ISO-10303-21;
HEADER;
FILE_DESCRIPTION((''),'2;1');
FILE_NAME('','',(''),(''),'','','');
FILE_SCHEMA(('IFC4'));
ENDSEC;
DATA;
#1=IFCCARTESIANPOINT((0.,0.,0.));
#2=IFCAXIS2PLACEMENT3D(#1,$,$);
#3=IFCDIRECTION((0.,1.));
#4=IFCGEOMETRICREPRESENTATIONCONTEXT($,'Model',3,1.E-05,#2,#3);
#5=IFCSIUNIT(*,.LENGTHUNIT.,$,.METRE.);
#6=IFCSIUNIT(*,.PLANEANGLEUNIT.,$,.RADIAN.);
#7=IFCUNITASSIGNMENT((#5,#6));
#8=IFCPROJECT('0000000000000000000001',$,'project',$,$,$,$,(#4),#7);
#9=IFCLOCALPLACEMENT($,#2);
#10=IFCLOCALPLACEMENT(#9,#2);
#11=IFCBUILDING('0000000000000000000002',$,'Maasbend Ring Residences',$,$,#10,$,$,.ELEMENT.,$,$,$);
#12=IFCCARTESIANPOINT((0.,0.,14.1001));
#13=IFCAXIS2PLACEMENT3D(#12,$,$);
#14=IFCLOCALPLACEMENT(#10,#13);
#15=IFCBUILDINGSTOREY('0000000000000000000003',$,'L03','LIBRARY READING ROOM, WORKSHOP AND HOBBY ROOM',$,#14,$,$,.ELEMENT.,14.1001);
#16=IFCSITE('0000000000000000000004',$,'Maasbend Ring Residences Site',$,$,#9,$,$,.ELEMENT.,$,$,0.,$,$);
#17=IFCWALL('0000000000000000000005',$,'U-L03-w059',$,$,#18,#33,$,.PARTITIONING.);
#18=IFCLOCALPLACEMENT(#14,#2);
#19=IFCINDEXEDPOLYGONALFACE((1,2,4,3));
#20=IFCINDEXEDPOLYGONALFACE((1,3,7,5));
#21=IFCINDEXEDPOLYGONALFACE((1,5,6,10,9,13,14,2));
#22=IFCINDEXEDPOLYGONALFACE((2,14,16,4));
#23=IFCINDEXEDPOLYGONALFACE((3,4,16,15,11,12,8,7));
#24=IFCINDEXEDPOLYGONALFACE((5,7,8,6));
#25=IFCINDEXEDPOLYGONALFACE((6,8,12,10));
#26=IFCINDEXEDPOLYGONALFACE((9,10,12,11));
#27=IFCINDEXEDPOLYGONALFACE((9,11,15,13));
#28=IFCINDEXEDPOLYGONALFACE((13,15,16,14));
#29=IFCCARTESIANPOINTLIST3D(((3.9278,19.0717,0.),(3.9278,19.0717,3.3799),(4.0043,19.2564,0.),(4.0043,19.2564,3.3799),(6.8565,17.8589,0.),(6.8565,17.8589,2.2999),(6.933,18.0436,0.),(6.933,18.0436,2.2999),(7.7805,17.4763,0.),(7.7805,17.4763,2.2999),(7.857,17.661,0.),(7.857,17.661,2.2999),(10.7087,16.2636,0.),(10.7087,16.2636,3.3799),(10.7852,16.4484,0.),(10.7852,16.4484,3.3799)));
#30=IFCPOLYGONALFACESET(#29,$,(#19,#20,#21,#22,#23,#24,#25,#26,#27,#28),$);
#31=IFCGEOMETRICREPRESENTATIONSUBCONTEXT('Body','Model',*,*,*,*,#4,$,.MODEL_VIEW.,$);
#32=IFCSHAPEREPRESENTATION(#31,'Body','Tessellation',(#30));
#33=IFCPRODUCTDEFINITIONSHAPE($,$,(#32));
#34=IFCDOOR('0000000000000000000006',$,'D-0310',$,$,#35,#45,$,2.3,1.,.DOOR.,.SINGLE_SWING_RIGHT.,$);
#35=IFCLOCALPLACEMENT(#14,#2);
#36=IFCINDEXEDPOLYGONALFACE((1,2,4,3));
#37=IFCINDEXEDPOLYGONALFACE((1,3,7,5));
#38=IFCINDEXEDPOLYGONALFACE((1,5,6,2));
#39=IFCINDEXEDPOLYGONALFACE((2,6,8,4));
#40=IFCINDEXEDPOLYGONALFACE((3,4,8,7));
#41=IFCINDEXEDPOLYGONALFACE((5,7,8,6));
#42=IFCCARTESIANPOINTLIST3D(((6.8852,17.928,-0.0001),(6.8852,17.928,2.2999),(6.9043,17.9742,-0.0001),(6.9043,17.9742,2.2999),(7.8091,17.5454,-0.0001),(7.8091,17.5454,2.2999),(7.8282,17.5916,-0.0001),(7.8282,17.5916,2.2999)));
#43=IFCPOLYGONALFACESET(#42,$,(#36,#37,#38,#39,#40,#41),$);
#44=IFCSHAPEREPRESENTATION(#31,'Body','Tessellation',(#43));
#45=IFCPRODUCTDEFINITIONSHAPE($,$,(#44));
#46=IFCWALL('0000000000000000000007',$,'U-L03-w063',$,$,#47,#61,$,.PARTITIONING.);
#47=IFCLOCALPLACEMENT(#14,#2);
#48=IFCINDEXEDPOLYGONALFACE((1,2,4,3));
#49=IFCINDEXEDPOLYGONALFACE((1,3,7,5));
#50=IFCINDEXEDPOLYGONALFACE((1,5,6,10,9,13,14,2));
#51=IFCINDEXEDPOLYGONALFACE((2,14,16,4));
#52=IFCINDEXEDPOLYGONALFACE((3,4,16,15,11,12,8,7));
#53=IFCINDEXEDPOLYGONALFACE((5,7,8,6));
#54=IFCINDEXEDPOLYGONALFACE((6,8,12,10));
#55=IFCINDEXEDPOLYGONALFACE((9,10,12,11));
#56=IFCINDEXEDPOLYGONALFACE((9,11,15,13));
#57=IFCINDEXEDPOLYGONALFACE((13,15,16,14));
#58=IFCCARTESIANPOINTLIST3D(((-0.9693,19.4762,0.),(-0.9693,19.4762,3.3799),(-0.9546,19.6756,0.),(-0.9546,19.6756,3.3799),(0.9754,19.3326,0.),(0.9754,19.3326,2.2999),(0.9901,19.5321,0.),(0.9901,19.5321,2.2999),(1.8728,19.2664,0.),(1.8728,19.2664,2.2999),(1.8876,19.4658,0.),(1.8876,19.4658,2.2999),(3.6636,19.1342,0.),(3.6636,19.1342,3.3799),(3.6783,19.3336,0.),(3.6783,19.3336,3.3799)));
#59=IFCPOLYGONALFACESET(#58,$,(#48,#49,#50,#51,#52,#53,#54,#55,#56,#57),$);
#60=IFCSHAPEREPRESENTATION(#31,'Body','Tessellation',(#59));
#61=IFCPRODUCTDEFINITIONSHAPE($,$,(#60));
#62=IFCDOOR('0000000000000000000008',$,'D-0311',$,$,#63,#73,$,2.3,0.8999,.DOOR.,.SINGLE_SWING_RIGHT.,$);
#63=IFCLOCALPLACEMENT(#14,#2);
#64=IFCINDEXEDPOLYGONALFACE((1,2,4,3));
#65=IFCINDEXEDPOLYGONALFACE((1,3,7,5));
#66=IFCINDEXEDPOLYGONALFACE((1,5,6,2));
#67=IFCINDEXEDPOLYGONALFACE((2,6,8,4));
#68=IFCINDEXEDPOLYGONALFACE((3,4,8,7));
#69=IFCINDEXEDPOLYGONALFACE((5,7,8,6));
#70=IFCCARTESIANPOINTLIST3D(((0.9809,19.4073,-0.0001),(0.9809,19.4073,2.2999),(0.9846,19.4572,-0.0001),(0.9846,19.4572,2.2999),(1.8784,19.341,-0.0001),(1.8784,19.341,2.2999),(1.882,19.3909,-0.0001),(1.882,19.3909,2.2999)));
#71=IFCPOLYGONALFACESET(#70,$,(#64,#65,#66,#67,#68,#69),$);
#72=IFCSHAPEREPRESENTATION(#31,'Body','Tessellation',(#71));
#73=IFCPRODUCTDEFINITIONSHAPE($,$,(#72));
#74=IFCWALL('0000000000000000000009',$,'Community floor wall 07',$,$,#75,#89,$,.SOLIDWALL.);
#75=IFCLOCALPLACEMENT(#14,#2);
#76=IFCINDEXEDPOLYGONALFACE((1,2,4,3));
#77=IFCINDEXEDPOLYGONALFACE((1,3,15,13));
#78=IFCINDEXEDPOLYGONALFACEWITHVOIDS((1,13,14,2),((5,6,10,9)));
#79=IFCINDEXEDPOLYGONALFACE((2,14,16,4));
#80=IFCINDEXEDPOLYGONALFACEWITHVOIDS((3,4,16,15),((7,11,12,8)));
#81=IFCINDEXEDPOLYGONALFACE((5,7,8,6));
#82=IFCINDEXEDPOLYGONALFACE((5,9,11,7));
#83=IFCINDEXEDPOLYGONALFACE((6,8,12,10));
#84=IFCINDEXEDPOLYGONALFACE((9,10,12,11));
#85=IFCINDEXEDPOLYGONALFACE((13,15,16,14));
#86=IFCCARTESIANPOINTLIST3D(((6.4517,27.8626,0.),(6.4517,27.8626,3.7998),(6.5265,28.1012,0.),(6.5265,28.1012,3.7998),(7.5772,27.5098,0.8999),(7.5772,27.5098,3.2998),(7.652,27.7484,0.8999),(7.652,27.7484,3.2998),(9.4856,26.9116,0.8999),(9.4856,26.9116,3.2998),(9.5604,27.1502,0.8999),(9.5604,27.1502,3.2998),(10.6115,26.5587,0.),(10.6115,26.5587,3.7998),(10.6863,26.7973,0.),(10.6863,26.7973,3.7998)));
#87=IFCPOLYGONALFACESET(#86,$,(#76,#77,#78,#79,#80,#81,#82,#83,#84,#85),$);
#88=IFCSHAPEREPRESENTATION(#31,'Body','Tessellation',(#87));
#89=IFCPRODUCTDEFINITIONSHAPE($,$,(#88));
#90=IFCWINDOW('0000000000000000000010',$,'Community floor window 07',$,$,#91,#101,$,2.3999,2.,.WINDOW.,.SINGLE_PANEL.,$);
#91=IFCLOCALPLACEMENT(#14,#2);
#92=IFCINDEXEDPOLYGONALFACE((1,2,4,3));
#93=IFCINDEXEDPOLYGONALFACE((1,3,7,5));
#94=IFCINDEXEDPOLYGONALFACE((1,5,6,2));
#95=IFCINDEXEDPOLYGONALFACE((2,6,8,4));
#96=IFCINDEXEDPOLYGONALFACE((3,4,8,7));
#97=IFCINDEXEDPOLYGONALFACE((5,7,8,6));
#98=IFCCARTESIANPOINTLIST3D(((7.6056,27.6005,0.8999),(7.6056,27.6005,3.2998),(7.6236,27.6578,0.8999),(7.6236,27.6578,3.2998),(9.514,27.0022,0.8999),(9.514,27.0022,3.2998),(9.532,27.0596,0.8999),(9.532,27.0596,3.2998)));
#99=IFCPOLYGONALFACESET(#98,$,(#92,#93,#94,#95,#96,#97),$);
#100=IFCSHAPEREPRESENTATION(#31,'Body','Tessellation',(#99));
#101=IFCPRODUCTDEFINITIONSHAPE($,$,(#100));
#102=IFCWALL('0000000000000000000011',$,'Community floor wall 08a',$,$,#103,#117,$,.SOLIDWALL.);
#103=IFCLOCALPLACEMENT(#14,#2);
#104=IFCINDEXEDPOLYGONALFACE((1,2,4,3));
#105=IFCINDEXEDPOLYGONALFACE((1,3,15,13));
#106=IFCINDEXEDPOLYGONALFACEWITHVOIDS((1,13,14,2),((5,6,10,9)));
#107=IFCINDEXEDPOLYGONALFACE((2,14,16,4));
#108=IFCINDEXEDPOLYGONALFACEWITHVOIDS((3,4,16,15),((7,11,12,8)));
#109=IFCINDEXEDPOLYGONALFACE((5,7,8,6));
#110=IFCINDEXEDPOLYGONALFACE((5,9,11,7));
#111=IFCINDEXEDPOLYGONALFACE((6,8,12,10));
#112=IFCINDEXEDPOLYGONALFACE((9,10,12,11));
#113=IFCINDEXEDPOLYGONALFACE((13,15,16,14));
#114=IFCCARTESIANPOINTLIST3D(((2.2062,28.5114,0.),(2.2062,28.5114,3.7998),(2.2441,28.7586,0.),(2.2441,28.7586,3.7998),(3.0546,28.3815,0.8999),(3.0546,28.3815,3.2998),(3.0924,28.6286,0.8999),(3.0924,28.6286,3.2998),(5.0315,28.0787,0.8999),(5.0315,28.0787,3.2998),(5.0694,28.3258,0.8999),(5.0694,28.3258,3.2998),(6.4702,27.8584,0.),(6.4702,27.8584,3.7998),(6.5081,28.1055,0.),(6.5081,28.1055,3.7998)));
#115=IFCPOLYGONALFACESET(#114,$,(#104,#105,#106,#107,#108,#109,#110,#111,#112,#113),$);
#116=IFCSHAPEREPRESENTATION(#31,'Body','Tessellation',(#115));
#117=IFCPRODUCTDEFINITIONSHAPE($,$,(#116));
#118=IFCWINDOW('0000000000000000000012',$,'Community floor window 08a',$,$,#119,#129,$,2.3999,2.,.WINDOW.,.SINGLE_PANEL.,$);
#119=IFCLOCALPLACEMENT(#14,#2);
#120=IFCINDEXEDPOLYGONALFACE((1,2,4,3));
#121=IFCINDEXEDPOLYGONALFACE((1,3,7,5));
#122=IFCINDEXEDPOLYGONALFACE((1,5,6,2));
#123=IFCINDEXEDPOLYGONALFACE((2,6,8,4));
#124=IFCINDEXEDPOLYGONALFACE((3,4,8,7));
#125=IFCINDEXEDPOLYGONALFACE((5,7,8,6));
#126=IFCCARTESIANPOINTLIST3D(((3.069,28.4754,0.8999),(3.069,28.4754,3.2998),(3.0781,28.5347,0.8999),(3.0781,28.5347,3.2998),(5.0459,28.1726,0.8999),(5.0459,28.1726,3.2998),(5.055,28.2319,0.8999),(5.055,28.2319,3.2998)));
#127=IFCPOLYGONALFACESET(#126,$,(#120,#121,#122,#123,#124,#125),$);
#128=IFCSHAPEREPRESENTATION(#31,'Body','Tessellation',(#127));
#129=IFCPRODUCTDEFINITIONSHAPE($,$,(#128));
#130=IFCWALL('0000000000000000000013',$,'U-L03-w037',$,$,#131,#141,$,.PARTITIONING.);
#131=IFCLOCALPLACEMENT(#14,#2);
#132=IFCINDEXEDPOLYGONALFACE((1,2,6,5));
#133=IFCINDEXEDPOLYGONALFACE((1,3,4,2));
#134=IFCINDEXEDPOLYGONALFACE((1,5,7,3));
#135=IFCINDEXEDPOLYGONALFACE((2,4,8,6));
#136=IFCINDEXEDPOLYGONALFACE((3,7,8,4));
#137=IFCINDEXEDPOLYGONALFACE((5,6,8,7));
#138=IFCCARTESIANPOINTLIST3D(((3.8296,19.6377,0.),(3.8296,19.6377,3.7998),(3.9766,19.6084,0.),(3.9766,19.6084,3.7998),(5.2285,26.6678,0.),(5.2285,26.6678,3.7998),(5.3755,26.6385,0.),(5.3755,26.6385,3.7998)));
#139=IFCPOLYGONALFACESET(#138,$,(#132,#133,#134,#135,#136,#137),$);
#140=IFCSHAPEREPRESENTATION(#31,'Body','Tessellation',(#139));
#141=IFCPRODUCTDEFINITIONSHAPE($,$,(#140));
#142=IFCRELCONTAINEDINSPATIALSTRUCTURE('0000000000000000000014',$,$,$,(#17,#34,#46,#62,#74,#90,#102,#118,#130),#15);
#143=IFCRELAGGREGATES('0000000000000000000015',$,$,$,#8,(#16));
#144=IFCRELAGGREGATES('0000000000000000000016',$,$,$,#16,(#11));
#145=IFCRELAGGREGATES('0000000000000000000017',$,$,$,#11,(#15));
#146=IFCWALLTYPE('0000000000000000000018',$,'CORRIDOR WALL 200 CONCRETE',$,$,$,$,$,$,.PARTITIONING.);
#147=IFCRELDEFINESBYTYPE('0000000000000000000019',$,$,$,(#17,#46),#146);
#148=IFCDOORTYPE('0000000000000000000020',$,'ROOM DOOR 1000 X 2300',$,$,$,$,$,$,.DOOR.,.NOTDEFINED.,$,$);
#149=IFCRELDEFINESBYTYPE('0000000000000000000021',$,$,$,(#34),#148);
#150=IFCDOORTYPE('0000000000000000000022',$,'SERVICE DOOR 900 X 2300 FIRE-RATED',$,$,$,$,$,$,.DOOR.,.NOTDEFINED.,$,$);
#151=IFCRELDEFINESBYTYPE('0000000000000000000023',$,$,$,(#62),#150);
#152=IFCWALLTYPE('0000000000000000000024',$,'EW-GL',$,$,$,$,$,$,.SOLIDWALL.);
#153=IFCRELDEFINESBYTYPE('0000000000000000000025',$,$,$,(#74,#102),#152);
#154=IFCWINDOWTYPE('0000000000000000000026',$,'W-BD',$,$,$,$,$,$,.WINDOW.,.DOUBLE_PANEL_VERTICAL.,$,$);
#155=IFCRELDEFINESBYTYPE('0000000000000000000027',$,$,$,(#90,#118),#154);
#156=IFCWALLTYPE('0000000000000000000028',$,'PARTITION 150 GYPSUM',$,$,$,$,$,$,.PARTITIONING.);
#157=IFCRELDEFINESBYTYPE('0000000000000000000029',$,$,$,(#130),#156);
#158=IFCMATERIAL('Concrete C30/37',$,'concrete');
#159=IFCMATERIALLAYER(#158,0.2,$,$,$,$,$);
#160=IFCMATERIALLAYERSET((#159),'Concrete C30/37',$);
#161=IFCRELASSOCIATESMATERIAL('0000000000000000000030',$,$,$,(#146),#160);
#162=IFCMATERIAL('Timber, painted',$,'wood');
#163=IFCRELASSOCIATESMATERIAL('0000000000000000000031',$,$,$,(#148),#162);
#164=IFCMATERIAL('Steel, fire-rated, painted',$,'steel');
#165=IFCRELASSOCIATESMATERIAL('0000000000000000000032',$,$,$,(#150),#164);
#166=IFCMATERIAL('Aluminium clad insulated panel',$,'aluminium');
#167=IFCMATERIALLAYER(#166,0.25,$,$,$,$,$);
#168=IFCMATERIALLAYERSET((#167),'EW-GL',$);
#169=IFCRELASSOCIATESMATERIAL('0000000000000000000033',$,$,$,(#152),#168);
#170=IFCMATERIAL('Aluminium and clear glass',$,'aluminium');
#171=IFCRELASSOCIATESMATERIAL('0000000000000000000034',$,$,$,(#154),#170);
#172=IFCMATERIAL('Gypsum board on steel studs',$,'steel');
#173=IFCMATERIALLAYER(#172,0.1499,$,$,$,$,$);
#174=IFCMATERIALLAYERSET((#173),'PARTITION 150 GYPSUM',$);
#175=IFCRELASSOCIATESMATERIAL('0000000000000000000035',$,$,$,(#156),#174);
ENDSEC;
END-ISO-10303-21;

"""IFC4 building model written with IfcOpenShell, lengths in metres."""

from ifc_helpers import new_model, si_unit, direction, frame, frame_2d, origin, place, context, subcontext, project, spatial, rectangle, extrude, material, layer, layer_set, type_object, element, fill, save


model = new_model("IFC4")

# Units and contexts
model_context = context("Model", 3, precision=1e-05, world=origin(), true_north=direction((0.0, 1.0)))
body_context = subcontext(model_context, "Body", "Model", "MODEL_VIEW")
ifc_project = project(units=[si_unit("LENGTHUNIT", "METRE"), si_unit("PLANEANGLEUNIT", "RADIAN")], contexts=[model_context])

# Site, building, storey
site_placement = place(None, origin())
site = spatial("IfcSite", under=ifc_project, at=site_placement, Name="Maasbend Ring Residences Site", CompositionType="ELEMENT", RefElevation=0.0)
building_placement = place(site_placement, origin())
building = spatial("IfcBuilding", under=site, at=building_placement, Name="Maasbend Ring Residences", CompositionType="ELEMENT")
storey_placement = place(building_placement, frame((0.0, 0.0, 14.1001)))
storey = spatial("IfcBuildingStorey", under=building, at=storey_placement, Name="L03", Description="LIBRARY READING ROOM, WORKSHOP AND HOBBY ROOM", CompositionType="ELEMENT", Elevation=14.1001)

# Shared definitions
ifc_material_1 = material(Name="Concrete C30/37", Category="concrete")
ifc_layer_1 = layer(ifc_material_1, 0.2)
ifc_layer_set_1 = layer_set([ifc_layer_1], Name="Concrete C30/37")
wall_type_1 = type_object("IfcWallType", Name="CORRIDOR WALL 200 CONCRETE", PredefinedType="PARTITIONING", material=ifc_layer_set_1)

# Walls, openings, doors
ifc_material_2 = material(Name="Timber, painted", Category="wood")
door_type_1 = type_object("IfcDoorType", Name="ROOM DOOR 1000 X 2300", OperationType="NOTDEFINED", PredefinedType="DOOR", material=ifc_material_2)
wall_1_placement = place(storey_placement, frame((3.9661, 19.1641, 0.0), z_axis=(0.0, 0.0, 1.0), x_axis=(0.923912, -0.382604, 0.0)))
wall_1 = element("IfcWall", 1, at=wall_1_placement, inside=storey, type_object=wall_type_1, Name="U-L03-w059", PredefinedType="PARTITIONING", context=body_context, shape_type="SweptSolid", body=[
    extrude(rectangle(XDim=7.3394, YDim=0.2, at=frame_2d((3.6697, 0.0))), origin(), (0.0, 0.0, 1.0), 3.3799),
])
opening_1_placement = place(wall_1_placement, frame((3.1699, 0.0, 0.0)))
opening_1 = element("IfcOpeningElement", 2, at=opening_1_placement, cuts=wall_1, PredefinedType="OPENING", context=body_context, shape_type="SweptSolid", body=[
    extrude(rectangle(XDim=1.0, YDim=2.3, at=frame_2d((0.5, 1.1499))), frame((0.0, 0.1099, 0.0), z_axis=(0.0, -1.0, 0.0), x_axis=(1.0, 0.0, 0.0)), (0.0, 0.0, 1.0), 0.22),
])
door_1_placement = place(opening_1_placement, origin())
door_1 = element("IfcDoor", 3, at=door_1_placement, inside=storey, type_object=door_type_1, Name="D-0310", OperationType="SINGLE_SWING_RIGHT", OverallHeight=2.3, OverallWidth=1.0, PredefinedType="DOOR", context=body_context, shape_type="SweptSolid", body=[
    extrude(rectangle(XDim=1.0, YDim=2.3, at=frame_2d((0.5, 1.1499))), frame((0.0, 0.0249, 0.0), z_axis=(0.0, -1.0, 0.0), x_axis=(1.0, 0.0, 0.0)), (0.0, 0.0, 1.0), 0.05),
])
fill(opening_1, door_1)
wall_2_placement = place(storey_placement, frame((-0.9619, 19.5759, 0.0), z_axis=(0.0, 0.0, 1.0), x_axis=(0.997286, -0.07363, 0.0)))
wall_2 = element("IfcWall", 4, at=wall_2_placement, inside=storey, type_object=wall_type_1, Name="U-L03-w063", PredefinedType="PARTITIONING", context=body_context, shape_type="SweptSolid", body=[
    extrude(rectangle(XDim=4.6455, YDim=0.2, at=frame_2d((2.3228, 0.0))), origin(), (0.0, 0.0, 1.0), 3.3799),
])
opening_2_placement = place(wall_2_placement, frame((1.95, 0.0, 0.0)))
opening_2 = element("IfcOpeningElement", 5, at=opening_2_placement, cuts=wall_2, PredefinedType="OPENING", context=body_context, shape_type="SweptSolid", body=[
    extrude(rectangle(XDim=0.8999, YDim=2.3, at=frame_2d((0.45, 1.1499))), frame((0.0, 0.1099, 0.0), z_axis=(0.0, -1.0, 0.0), x_axis=(1.0, 0.0, 0.0)), (0.0, 0.0, 1.0), 0.22),
])
ifc_material_3 = material(Name="Steel, fire-rated, painted", Category="steel")
door_type_2 = type_object("IfcDoorType", Name="SERVICE DOOR 900 X 2300 FIRE-RATED", OperationType="NOTDEFINED", PredefinedType="DOOR", material=ifc_material_3)
door_2_placement = place(opening_2_placement, origin())
door_2 = element("IfcDoor", 6, at=door_2_placement, inside=storey, type_object=door_type_2, Name="D-0311", OperationType="SINGLE_SWING_RIGHT", OverallHeight=2.3, OverallWidth=0.8999, PredefinedType="DOOR", context=body_context, shape_type="SweptSolid", body=[
    extrude(rectangle(XDim=0.8999, YDim=2.3, at=frame_2d((0.45, 1.1499))), frame((0.0, 0.0249, 0.0), z_axis=(0.0, -1.0, 0.0), x_axis=(1.0, 0.0, 0.0)), (0.0, 0.0, 1.0), 0.05),
])
fill(opening_2, door_2)

# Walls, openings, windows
ifc_material_4 = material(Name="Aluminium clad insulated panel", Category="aluminium")
ifc_layer_2 = layer(ifc_material_4, 0.25)
ifc_layer_set_2 = layer_set([ifc_layer_2], Name="EW-GL")
wall_type_2 = type_object("IfcWallType", Name="EW-GL", PredefinedType="SOLIDWALL", material=ifc_layer_set_2)
wall_3_placement = place(storey_placement, frame((10.6489, 26.678, 0.0), z_axis=(0.0, 0.0, 1.0), x_axis=(-0.95422, 0.299107, 0.0)))
wall_3 = element("IfcWall", 7, at=wall_3_placement, inside=storey, type_object=wall_type_2, Name="Community floor wall 07", PredefinedType="SOLIDWALL", context=body_context, shape_type="SweptSolid", body=[
    extrude(rectangle(XDim=4.3594, YDim=0.25, at=frame_2d((2.1797, 0.0))), origin(), (0.0, 0.0, 1.0), 3.7998),
])
opening_3_placement = place(wall_3_placement, frame((1.1799, 0.0, 0.8999)))
opening_3 = element("IfcOpeningElement", 8, at=opening_3_placement, cuts=wall_3, PredefinedType="OPENING", context=body_context, shape_type="SweptSolid", body=[
    extrude(rectangle(XDim=2.0, YDim=2.3999, at=frame_2d((1.0, 1.2))), frame((0.0, 0.135, 0.0), z_axis=(0.0, -1.0, 0.0), x_axis=(1.0, 0.0, 0.0)), (0.0, 0.0, 1.0), 0.27),
])
ifc_material_5 = material(Name="Aluminium and clear glass", Category="aluminium")
window_type = type_object("IfcWindowType", Name="W-BD", PartitioningType="DOUBLE_PANEL_VERTICAL", PredefinedType="WINDOW", material=ifc_material_5)
window_1_placement = place(opening_3_placement, origin())
window_1 = element("IfcWindow", 9, at=window_1_placement, inside=storey, type_object=window_type, Name="Community floor window 07", OverallHeight=2.3999, OverallWidth=2.0, PartitioningType="SINGLE_PANEL", PredefinedType="WINDOW", context=body_context, shape_type="SweptSolid", body=[
    extrude(rectangle(XDim=2.0, YDim=2.3999, at=frame_2d((1.0, 1.2))), frame((0.0, 0.03, 0.0), z_axis=(0.0, -1.0, 0.0), x_axis=(1.0, 0.0, 0.0)), (0.0, 0.0, 1.0), 0.0601),
])
fill(opening_3, window_1)
wall_4_placement = place(storey_placement, frame((6.489, 27.9819, 0.0), z_axis=(0.0, 0.0, 1.0), x_axis=(-0.988473, 0.151398, 0.0)))
wall_4 = element("IfcWall", 10, at=wall_4_placement, inside=storey, type_object=wall_type_2, Name="Community floor wall 08a", PredefinedType="SOLIDWALL", context=body_context, shape_type="SweptSolid", body=[
    extrude(rectangle(XDim=4.3137, YDim=0.25, at=frame_2d((2.1567, 0.0))), origin(), (0.0, 0.0, 1.0), 3.7998),
])
opening_4_placement = place(wall_4_placement, frame((1.4553, 0.0, 0.8999)))
opening_4 = element("IfcOpeningElement", 11, at=opening_4_placement, cuts=wall_4, PredefinedType="OPENING", context=body_context, shape_type="SweptSolid", body=[
    extrude(rectangle(XDim=2.0, YDim=2.3999, at=frame_2d((1.0, 1.2))), frame((0.0, 0.135, 0.0), z_axis=(0.0, -1.0, 0.0), x_axis=(1.0, 0.0, 0.0)), (0.0, 0.0, 1.0), 0.27),
])
window_2_placement = place(opening_4_placement, origin())
window_2 = element("IfcWindow", 12, at=window_2_placement, inside=storey, type_object=window_type, Name="Community floor window 08a", OverallHeight=2.3999, OverallWidth=2.0, PartitioningType="SINGLE_PANEL", PredefinedType="WINDOW", context=body_context, shape_type="SweptSolid", body=[
    extrude(rectangle(XDim=2.0, YDim=2.3999, at=frame_2d((1.0, 1.2))), frame((0.0, 0.03, 0.0), z_axis=(0.0, -1.0, 0.0), x_axis=(1.0, 0.0, 0.0)), (0.0, 0.0, 1.0), 0.0601),
])
fill(opening_4, window_2)

# Wall
ifc_material_6 = material(Name="Gypsum board on steel studs", Category="steel")
ifc_layer_3 = layer(ifc_material_6, 0.1499)
ifc_layer_set_3 = layer_set([ifc_layer_3], Name="PARTITION 150 GYPSUM")
wall_type_3 = type_object("IfcWallType", Name="PARTITION 150 GYPSUM", PredefinedType="PARTITIONING", material=ifc_layer_set_3)
wall_5_placement = place(storey_placement, frame((3.9031, 19.623, 0.0), z_axis=(0.0, 0.0, 1.0), x_axis=(0.195166, 0.98077, 0.0)))
element("IfcWall", 13, at=wall_5_placement, inside=storey, type_object=wall_type_3, Name="U-L03-w037", PredefinedType="PARTITIONING", context=body_context, shape_type="SweptSolid", body=[
    extrude(rectangle(XDim=7.168, YDim=0.1499, at=frame_2d((3.584, 0.0))), origin(), (0.0, 0.0, 1.0), 3.7998),
])

save(model, "model.ifc")
